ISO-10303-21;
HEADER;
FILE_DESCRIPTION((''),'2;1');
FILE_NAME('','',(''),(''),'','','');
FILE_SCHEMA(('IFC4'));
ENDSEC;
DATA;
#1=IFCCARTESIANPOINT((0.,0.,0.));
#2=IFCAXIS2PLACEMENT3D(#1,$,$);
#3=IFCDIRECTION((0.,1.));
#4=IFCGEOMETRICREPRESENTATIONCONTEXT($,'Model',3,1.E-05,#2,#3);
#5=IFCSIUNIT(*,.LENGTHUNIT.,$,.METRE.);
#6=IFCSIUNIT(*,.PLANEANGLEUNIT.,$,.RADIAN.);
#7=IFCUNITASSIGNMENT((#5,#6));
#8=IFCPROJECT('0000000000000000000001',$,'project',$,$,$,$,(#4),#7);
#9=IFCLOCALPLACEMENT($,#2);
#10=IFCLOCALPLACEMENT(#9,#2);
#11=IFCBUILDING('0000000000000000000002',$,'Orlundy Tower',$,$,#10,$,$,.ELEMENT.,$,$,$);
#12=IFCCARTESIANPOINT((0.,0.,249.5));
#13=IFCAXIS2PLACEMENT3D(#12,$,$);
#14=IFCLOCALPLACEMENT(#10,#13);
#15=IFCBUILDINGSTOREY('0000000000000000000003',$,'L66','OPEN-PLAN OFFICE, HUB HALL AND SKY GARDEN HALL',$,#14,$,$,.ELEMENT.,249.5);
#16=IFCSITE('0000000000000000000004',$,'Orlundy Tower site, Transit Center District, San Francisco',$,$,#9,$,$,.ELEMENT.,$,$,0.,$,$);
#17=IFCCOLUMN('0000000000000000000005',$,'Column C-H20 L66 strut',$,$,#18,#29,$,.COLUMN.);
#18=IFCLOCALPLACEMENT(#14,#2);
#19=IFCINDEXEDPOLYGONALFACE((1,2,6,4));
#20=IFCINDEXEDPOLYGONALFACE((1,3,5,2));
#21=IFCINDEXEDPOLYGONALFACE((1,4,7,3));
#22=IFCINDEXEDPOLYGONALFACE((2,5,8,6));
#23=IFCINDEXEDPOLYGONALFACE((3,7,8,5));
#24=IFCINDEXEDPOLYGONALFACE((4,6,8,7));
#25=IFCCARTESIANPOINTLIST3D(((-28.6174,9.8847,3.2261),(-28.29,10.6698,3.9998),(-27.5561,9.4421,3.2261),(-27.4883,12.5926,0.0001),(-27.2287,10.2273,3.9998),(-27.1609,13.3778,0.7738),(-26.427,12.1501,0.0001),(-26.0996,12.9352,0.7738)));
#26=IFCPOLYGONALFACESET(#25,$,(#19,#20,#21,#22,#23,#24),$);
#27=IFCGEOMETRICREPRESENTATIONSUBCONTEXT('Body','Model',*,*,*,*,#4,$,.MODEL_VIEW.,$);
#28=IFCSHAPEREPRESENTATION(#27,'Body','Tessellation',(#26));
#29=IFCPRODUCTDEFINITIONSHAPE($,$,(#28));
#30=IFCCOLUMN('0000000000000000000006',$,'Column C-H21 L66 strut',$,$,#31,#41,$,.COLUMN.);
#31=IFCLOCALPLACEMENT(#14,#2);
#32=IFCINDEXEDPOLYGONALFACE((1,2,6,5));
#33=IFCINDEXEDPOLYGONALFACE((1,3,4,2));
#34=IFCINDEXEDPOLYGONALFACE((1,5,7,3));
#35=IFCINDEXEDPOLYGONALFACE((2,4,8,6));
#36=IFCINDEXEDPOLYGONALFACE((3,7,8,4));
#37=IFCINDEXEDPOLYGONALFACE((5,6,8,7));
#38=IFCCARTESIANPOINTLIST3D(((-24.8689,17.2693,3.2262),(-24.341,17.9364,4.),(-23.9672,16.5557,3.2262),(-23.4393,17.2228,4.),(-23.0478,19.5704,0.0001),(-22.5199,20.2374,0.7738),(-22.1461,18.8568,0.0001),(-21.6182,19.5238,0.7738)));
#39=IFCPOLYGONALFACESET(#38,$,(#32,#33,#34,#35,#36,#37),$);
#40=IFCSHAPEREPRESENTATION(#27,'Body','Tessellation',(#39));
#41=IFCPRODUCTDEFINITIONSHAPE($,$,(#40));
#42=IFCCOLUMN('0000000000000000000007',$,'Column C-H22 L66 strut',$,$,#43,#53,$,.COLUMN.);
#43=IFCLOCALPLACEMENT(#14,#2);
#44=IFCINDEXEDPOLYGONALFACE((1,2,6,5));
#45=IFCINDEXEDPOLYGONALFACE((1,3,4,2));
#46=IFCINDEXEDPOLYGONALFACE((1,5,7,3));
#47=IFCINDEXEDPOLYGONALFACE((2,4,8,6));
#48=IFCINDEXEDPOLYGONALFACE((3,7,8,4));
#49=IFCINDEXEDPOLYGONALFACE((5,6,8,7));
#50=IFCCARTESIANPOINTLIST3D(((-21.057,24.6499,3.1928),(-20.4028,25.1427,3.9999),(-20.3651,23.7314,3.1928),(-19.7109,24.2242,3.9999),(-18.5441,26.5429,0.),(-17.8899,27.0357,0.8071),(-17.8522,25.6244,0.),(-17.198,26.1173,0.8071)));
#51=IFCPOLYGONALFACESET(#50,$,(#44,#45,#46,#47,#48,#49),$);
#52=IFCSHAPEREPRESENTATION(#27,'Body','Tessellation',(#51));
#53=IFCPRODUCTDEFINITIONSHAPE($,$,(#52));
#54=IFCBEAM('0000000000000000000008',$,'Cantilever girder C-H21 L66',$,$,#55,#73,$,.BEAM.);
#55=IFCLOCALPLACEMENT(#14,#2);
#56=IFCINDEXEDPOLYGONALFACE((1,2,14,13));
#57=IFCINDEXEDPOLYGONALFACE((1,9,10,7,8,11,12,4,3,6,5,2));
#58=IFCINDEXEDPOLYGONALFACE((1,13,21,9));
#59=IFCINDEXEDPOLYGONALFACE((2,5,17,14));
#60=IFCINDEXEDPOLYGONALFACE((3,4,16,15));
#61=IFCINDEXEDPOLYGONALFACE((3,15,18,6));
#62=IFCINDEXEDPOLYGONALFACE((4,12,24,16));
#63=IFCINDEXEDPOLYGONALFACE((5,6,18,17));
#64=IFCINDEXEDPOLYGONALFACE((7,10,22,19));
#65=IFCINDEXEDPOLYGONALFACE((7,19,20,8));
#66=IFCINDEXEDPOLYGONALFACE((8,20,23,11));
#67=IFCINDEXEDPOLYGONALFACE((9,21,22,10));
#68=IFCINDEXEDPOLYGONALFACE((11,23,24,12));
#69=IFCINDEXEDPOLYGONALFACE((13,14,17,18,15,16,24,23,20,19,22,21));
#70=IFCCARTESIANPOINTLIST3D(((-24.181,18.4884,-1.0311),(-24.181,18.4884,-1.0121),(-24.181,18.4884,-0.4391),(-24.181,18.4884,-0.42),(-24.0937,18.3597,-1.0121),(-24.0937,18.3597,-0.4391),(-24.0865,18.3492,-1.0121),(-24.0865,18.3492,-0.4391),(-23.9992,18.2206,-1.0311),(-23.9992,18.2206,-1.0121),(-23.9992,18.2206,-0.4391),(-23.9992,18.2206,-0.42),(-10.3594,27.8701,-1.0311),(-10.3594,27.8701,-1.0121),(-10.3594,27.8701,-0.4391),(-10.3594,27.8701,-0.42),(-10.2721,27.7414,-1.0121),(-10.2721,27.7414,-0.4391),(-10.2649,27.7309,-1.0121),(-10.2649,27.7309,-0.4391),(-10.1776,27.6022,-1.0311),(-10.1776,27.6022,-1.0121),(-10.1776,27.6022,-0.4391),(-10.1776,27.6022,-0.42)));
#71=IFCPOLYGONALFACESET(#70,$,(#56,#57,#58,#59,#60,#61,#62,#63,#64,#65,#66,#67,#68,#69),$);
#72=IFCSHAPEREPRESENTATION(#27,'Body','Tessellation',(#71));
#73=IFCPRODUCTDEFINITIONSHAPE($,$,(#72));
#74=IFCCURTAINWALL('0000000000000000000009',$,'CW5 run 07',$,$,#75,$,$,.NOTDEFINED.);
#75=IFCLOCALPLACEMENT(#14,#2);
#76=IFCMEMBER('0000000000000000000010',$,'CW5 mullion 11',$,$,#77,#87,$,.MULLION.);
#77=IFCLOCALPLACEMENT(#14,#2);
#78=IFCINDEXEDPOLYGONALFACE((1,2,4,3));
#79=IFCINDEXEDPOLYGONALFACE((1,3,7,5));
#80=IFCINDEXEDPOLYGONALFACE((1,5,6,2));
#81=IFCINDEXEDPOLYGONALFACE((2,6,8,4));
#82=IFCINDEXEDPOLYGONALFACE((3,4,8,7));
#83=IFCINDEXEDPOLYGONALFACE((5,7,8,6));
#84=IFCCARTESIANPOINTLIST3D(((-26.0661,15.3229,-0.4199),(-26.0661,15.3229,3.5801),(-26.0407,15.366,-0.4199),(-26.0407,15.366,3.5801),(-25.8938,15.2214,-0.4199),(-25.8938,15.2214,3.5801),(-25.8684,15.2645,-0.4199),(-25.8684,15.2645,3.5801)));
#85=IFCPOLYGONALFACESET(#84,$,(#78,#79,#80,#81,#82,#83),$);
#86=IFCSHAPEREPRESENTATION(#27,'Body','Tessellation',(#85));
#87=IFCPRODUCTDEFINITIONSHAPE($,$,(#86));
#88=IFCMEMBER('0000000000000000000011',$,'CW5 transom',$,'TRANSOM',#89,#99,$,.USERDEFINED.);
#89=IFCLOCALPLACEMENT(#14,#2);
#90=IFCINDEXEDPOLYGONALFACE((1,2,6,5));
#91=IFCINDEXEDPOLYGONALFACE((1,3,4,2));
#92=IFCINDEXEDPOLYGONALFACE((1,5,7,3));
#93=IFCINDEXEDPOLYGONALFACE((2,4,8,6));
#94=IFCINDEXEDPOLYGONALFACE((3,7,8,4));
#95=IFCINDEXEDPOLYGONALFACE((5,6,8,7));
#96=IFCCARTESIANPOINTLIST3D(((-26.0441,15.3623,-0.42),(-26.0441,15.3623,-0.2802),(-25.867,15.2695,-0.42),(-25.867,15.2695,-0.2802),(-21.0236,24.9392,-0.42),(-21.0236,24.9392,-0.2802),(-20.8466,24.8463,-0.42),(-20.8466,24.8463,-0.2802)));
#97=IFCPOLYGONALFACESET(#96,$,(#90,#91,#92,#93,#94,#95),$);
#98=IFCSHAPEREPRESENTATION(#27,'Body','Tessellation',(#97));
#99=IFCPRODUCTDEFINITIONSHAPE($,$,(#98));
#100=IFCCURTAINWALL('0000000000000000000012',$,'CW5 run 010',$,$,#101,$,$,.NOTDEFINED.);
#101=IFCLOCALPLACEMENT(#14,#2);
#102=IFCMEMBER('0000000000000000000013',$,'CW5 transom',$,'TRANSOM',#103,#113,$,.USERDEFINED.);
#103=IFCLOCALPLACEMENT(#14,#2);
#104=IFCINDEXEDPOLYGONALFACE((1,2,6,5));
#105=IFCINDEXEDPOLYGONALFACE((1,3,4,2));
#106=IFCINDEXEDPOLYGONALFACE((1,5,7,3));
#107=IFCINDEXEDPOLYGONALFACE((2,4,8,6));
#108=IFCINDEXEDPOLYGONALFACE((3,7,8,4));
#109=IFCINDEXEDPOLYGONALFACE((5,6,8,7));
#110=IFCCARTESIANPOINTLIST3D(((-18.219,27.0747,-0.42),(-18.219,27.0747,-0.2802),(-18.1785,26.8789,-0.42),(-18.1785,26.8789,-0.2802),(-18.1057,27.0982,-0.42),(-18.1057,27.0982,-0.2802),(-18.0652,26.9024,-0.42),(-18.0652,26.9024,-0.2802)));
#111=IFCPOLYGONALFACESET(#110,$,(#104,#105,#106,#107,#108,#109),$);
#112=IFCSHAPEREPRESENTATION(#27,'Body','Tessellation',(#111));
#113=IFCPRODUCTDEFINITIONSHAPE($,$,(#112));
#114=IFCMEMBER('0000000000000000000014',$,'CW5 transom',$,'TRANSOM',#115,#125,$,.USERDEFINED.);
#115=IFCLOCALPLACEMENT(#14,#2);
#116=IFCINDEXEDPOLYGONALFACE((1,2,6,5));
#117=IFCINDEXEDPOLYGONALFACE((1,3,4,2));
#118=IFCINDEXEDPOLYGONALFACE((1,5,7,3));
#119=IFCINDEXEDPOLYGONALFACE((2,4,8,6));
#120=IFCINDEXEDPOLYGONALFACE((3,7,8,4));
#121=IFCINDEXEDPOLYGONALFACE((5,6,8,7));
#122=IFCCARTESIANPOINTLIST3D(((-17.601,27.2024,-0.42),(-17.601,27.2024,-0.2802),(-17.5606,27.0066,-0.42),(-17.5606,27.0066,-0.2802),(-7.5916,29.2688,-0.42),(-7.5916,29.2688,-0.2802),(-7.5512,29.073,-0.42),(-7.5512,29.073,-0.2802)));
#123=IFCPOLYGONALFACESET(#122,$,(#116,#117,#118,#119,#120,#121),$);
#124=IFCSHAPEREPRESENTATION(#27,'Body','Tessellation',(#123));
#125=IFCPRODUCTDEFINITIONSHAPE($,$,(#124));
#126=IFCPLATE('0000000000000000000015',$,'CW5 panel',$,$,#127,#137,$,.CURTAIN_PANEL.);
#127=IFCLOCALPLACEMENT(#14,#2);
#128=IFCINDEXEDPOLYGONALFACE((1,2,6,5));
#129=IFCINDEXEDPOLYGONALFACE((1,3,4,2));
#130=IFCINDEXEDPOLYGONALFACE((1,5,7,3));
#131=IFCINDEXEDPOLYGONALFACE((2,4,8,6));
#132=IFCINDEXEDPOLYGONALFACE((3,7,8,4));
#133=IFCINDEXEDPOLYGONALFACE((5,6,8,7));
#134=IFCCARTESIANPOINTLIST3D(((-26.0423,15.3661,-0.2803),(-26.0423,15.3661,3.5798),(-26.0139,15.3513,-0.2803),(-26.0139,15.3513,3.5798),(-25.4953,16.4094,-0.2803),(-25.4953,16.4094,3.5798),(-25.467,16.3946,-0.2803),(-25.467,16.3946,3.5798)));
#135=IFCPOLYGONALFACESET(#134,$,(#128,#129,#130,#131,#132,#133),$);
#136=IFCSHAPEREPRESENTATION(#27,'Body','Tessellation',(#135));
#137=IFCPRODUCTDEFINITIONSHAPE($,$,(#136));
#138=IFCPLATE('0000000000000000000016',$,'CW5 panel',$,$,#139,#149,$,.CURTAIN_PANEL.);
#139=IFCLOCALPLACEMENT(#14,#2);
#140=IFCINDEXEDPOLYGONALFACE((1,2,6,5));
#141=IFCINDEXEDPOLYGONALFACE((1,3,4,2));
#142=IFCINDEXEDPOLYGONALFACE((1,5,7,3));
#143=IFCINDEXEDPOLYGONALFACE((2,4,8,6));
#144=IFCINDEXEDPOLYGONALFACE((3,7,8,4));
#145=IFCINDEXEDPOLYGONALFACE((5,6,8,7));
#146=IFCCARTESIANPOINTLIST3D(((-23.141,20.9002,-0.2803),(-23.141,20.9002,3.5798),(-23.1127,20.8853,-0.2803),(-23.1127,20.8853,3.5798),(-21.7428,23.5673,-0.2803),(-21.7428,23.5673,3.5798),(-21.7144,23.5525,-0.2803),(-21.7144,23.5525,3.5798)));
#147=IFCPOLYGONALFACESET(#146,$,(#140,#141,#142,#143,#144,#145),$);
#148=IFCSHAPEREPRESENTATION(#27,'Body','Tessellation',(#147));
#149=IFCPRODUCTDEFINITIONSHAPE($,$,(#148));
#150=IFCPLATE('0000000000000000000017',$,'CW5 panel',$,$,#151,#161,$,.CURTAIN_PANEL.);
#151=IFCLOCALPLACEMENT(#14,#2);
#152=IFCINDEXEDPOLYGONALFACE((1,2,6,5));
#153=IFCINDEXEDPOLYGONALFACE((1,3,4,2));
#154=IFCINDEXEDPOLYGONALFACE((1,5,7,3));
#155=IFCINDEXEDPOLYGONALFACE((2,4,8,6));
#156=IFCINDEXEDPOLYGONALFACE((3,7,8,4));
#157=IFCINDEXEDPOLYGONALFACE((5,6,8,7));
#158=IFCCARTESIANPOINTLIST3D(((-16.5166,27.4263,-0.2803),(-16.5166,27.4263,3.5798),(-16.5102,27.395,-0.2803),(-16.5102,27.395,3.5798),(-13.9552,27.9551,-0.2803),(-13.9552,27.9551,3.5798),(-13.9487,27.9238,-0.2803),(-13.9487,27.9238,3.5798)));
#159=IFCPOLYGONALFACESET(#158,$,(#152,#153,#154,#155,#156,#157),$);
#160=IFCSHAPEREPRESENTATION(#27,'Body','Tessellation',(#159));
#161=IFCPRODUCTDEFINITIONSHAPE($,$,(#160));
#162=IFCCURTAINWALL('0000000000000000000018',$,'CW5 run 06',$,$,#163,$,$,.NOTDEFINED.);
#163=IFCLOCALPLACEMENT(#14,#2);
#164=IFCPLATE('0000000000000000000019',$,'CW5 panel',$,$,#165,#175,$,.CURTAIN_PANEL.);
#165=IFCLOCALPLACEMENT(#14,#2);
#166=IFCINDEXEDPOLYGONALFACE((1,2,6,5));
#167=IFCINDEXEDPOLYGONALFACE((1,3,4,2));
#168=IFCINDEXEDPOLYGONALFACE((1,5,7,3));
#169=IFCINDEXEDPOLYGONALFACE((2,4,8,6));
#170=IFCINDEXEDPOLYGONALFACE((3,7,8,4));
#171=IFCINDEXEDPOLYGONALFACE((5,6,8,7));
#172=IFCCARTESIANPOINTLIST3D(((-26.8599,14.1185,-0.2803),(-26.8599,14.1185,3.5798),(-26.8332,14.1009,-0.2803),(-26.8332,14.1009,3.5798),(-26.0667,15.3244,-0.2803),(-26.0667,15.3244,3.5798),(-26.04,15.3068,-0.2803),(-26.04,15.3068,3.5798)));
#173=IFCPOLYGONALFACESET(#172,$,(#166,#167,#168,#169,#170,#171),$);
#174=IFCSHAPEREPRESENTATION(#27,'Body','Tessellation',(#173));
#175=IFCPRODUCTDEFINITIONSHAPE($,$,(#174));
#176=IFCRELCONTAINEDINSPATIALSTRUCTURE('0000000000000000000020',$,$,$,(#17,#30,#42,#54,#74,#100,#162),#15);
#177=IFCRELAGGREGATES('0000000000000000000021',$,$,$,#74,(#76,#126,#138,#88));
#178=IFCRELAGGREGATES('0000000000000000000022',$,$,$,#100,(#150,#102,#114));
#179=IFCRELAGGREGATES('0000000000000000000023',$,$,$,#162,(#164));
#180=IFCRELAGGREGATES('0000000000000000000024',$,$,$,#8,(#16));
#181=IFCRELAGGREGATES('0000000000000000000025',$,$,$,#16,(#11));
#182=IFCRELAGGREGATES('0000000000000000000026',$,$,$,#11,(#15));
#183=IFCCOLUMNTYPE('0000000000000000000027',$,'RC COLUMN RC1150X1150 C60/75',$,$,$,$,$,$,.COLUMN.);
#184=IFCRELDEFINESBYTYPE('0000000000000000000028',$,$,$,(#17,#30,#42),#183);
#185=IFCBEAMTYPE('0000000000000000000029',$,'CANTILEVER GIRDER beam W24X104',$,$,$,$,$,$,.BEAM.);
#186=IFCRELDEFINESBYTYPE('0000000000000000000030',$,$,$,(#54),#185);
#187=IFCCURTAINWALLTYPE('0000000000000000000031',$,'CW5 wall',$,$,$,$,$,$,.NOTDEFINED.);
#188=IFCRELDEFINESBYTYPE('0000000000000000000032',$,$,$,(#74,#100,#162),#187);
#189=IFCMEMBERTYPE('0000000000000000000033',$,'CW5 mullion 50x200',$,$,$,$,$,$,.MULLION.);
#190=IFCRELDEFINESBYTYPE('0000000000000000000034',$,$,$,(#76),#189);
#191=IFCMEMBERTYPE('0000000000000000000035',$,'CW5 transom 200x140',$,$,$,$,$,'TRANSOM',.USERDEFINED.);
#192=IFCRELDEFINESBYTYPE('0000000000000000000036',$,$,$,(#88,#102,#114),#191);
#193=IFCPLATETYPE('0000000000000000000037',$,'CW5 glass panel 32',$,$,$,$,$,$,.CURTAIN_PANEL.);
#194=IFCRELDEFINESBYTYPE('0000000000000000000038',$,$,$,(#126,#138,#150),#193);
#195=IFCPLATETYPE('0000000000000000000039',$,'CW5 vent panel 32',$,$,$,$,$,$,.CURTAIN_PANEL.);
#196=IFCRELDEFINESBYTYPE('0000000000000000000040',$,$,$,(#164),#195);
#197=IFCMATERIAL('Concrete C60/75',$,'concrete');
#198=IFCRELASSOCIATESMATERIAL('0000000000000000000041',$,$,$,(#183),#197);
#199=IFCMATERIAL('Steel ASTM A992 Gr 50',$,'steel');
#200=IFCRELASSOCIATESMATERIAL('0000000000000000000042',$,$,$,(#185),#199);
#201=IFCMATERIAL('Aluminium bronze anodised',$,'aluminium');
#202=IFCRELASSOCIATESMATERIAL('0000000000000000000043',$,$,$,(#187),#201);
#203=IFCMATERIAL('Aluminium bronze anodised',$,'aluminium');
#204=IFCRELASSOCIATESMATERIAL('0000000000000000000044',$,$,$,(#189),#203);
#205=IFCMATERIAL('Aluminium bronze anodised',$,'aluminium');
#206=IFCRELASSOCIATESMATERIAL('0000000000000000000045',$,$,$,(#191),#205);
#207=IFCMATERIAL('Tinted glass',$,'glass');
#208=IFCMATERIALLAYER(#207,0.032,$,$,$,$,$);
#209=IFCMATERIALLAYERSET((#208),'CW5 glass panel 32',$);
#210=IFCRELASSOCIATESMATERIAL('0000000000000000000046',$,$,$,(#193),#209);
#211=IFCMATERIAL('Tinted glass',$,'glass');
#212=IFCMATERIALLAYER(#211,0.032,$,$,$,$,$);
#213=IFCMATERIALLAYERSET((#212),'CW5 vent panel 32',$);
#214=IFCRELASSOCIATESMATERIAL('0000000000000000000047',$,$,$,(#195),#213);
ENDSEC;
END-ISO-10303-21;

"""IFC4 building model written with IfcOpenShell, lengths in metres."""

from ifc_helpers import new_model, si_unit, direction, frame, origin, origin_2d, place, context, subcontext, project, spatial, rectangle, i_section, extrude, material, layer, layer_set, material_profile, profile_set, type_object, element, aggregate, save


model = new_model("IFC4")

# Units and contexts
model_context = context("Model", 3, precision=1e-05, world=origin(), true_north=direction((0.0, 1.0)))
body_context = subcontext(model_context, "Body", "Model", "MODEL_VIEW")
ifc_project = project(units=[si_unit("LENGTHUNIT", "METRE"), si_unit("PLANEANGLEUNIT", "RADIAN")], contexts=[model_context])

# Site, building, storey
site_placement = place(None, origin())
site = spatial("IfcSite", under=ifc_project, at=site_placement, Name="Orlundy Tower site, Transit Center District, San Francisco", CompositionType="ELEMENT", RefElevation=0.0)
building_placement = place(site_placement, origin())
building = spatial("IfcBuilding", under=site, at=building_placement, Name="Orlundy Tower", CompositionType="ELEMENT")
storey_placement = place(building_placement, frame((0.0, 0.0, 249.5)))
storey = spatial("IfcBuildingStorey", under=building, at=storey_placement, Name="L66", Description="OPEN-PLAN OFFICE, HUB HALL AND SKY GARDEN HALL", CompositionType="ELEMENT", Elevation=249.5)

# Columns
ifc_material_1 = material(Name="Concrete C60/75", Category="concrete")
ifc_material_profile_1 = material_profile(ifc_material_1, rectangle(XDim=1.1499, YDim=1.1499, at=origin_2d()), Name="RC1150X1150")
ifc_profile_set_1 = profile_set([ifc_material_profile_1], Name="Concrete C60/75")
column_type = type_object("IfcColumnType", Name="RC COLUMN RC1150X1150 C60/75", PredefinedType="COLUMN", material=ifc_profile_set_1)
column_1_placement = place(storey_placement, frame((-26.7939, 12.7639, 0.387), z_axis=(-0.258937, -0.621001, 0.739804), x_axis=(0.922978, -0.384852, 0.0)))
element("IfcColumn", 1, at=column_1_placement, inside=storey, type_object=column_type, Name="Column C-H20 L66 strut", PredefinedType="COLUMN", context=body_context, shape_type="SweptSolid", body=[
    extrude(rectangle(XDim=1.1499, YDim=1.1499, at=origin_2d()), origin(), (0.0, 0.0, 1.0), 4.3606),
])
column_2_placement = place(storey_placement, frame((-22.333, 19.5471, 0.387), z_axis=(-0.417573, -0.527635, 0.739753), x_axis=(0.784145, -0.620577, 0.0)))
element("IfcColumn", 2, at=column_2_placement, inside=storey, type_object=column_type, Name="Column C-H21 L66 strut", PredefinedType="COLUMN", context=body_context, shape_type="SweptSolid", body=[
    extrude(rectangle(XDim=1.1499, YDim=1.1499, at=origin_2d()), origin(), (0.0, 0.0, 1.0), 4.3611),
])
column_3_placement = place(storey_placement, frame((-17.8711, 26.3301, 0.4036), z_axis=(-0.560609, -0.422322, 0.712294), x_axis=(0.6017, -0.798722, 0.0)))
element("IfcColumn", 3, at=column_3_placement, inside=storey, type_object=column_type, Name="Column C-H22 L66 strut", PredefinedType="COLUMN", context=body_context, shape_type="SweptSolid", body=[
    extrude(rectangle(XDim=1.1499, YDim=1.1499, at=origin_2d()), origin(), (0.0, 0.0, 1.0), 4.4824),
])

# Beam
ifc_material_2 = material(Name="Steel ASTM A992 Gr 50", Category="steel")
ifc_material_profile_2 = material_profile(ifc_material_2, i_section(OverallWidth=0.3237, OverallDepth=0.6111, WebThickness=0.0127, FlangeThickness=0.019, at=origin_2d()), Name="W24X104")
ifc_profile_set_2 = profile_set([ifc_material_profile_2], Name="Steel ASTM A992 Gr 50")
beam_type = type_object("IfcBeamType", Name="CANTILEVER GIRDER beam W24X104", PredefinedType="BEAM", material=ifc_profile_set_2)
beam_placement = place(storey_placement, frame((-24.0901, 18.3545, -0.7256), z_axis=(0.827401, 0.561612, 0.0), x_axis=(-0.561612, 0.827401, 0.0)))
element("IfcBeam", 4, at=beam_placement, inside=storey, type_object=beam_type, Name="Cantilever girder C-H21 L66", PredefinedType="BEAM", context=body_context, shape_type="SweptSolid", body=[
    extrude(i_section(OverallWidth=0.3237, OverallDepth=0.6111, WebThickness=0.0127, FlangeThickness=0.019, at=origin_2d()), origin(), (0.0, 0.0, 1.0), 16.7048),
])

# Curtain walls, members
ifc_material_3 = material(Name="Aluminium bronze anodised", Category="aluminium")
curtain_wall_type = type_object("IfcCurtainWallType", Name="CW5 wall", PredefinedType="NOTDEFINED", material=ifc_material_3)
curtain_wall_1_placement = place(storey_placement, origin())
curtain_wall_1 = element("IfcCurtainWall", 5, at=curtain_wall_1_placement, inside=storey, type_object=curtain_wall_type, Name="CW5 run 07", PredefinedType="NOTDEFINED")
ifc_material_4 = material(Name="Aluminium bronze anodised", Category="aluminium")
ifc_material_profile_3 = material_profile(ifc_material_4, rectangle(XDim=0.2, YDim=0.05, at=origin_2d()), Name="CW5 mullion 50x200")
ifc_profile_set_3 = profile_set([ifc_material_profile_3], Name="Aluminium bronze anodised")
member_type_1 = type_object("IfcMemberType", Name="CW5 mullion 50x200", PredefinedType="MULLION", material=ifc_profile_set_3)
member_1_placement = place(storey_placement, frame((-25.9673, 15.2937, -0.4199), z_axis=(0.0, 0.0, 1.0), x_axis=(-0.861624, 0.507548, 0.0)))
member_1 = element("IfcMember", 6, at=member_1_placement, type_object=member_type_1, Name="CW5 mullion 11", PredefinedType="MULLION", context=body_context, shape_type="SweptSolid", body=[
    extrude(rectangle(XDim=0.2, YDim=0.05, at=origin_2d()), origin(), (0.0, 0.0, 1.0), 4.0),
])
ifc_material_5 = material(Name="Aluminium bronze anodised", Category="aluminium")
ifc_material_profile_4 = material_profile(ifc_material_5, rectangle(XDim=0.2, YDim=0.1399, at=origin_2d()), Name="CW5 transom 200x140")
ifc_profile_set_4 = profile_set([ifc_material_profile_4], Name="Aluminium bronze anodised")
member_type_2 = type_object("IfcMemberType", Name="CW5 transom 200x140", ElementType="TRANSOM", PredefinedType="USERDEFINED", material=ifc_profile_set_4)
member_2_placement = place(storey_placement, frame((-25.9556, 15.3159, -0.3501), z_axis=(0.4643, 0.885678, 0.0), x_axis=(-0.885678, 0.4643, 0.0)))
member_2 = element("IfcMember", 7, at=member_2_placement, type_object=member_type_2, Name="CW5 transom", ObjectType="TRANSOM", PredefinedType="USERDEFINED", context=body_context, shape_type="SweptSolid", body=[
    extrude(rectangle(XDim=0.2, YDim=0.1399, at=origin_2d()), origin(), (0.0, 0.0, 1.0), 10.813),
])
curtain_wall_2_placement = place(storey_placement, origin())
curtain_wall_2 = element("IfcCurtainWall", 8, at=curtain_wall_2_placement, inside=storey, type_object=curtain_wall_type, Name="CW5 run 010", PredefinedType="NOTDEFINED")
member_3_placement = place(storey_placement, frame((-18.1987, 26.9768, -0.3501), z_axis=(0.97926, 0.202606, 0.0), x_axis=(-0.202606, 0.97926, 0.0)))
member_3 = element("IfcMember", 9, at=member_3_placement, type_object=member_type_2, Name="CW5 transom", ObjectType="TRANSOM", PredefinedType="USERDEFINED", context=body_context, shape_type="SweptSolid", body=[
    extrude(rectangle(XDim=0.2, YDim=0.1399, at=origin_2d()), origin(), (0.0, 0.0, 1.0), 0.1157),
])
member_4_placement = place(storey_placement, frame((-17.5808, 27.1045, -0.3501), z_axis=(0.979347, 0.202185, 0.0), x_axis=(-0.202185, 0.979347, 0.0)))
member_4 = element("IfcMember", 10, at=member_4_placement, type_object=member_type_2, Name="CW5 transom", ObjectType="TRANSOM", PredefinedType="USERDEFINED", context=body_context, shape_type="SweptSolid", body=[
    extrude(rectangle(XDim=0.2, YDim=0.1399, at=origin_2d()), origin(), (0.0, 0.0, 1.0), 10.2205),
])

# Plates
ifc_material_6 = material(Name="Tinted glass", Category="glass")
ifc_layer_1 = layer(ifc_material_6, 0.032)
ifc_layer_set_1 = layer_set([ifc_layer_1], Name="CW5 glass panel 32")
plate_type_1 = type_object("IfcPlateType", Name="CW5 glass panel 32", PredefinedType="CURTAIN_PANEL", material=ifc_layer_set_1)
plate_1_placement = place(storey_placement, frame((-25.7546, 15.8804, -0.2803), z_axis=(0.0, 0.0, 1.0), x_axis=(0.464311, 0.885672, 0.0)))
plate_1 = element("IfcPlate", 11, at=plate_1_placement, type_object=plate_type_1, Name="CW5 panel", PredefinedType="CURTAIN_PANEL", context=body_context, shape_type="SweptSolid", body=[
    extrude(rectangle(XDim=1.178, YDim=0.032, at=origin_2d()), origin(), (0.0, 0.0, 1.0), 3.8601),
])
plate_2_placement = place(storey_placement, frame((-22.4277, 22.2263, -0.2803), z_axis=(0.0, 0.0, 1.0), x_axis=(0.464311, 0.885672, 0.0)))
plate_2 = element("IfcPlate", 12, at=plate_2_placement, type_object=plate_type_1, Name="CW5 panel", PredefinedType="CURTAIN_PANEL", context=body_context, shape_type="SweptSolid", body=[
    extrude(rectangle(XDim=3.0115, YDim=0.032, at=origin_2d()), origin(), (0.0, 0.0, 1.0), 3.8601),
])
aggregate(curtain_wall_1, [member_1, plate_1, plate_2, member_2])
plate_3_placement = place(storey_placement, frame((-15.2327, 27.675, -0.2803), z_axis=(0.0, 0.0, 1.0), x_axis=(0.979345, 0.202195, 0.0)))
plate_3 = element("IfcPlate", 13, at=plate_3_placement, type_object=plate_type_1, Name="CW5 panel", PredefinedType="CURTAIN_PANEL", context=body_context, shape_type="SweptSolid", body=[
    extrude(rectangle(XDim=2.6155, YDim=0.032, at=origin_2d()), origin(), (0.0, 0.0, 1.0), 3.8601),
])
aggregate(curtain_wall_2, [plate_3, member_3, member_4])

# Curtain wall, plate
curtain_wall_3_placement = place(storey_placement, origin())
curtain_wall_3 = element("IfcCurtainWall", 14, at=curtain_wall_3_placement, inside=storey, type_object=curtain_wall_type, Name="CW5 run 06", PredefinedType="NOTDEFINED")
ifc_material_7 = material(Name="Tinted glass", Category="glass")
ifc_layer_2 = layer(ifc_material_7, 0.032)
ifc_layer_set_2 = layer_set([ifc_layer_2], Name="CW5 vent panel 32")
plate_type_2 = type_object("IfcPlateType", Name="CW5 vent panel 32", PredefinedType="CURTAIN_PANEL", material=ifc_layer_set_2)
plate_4_placement = place(storey_placement, frame((-26.45, 14.7126, -0.2803), z_axis=(0.0, 0.0, 1.0), x_axis=(0.549543, 0.835466, 0.0)))
plate_4 = element("IfcPlate", 15, at=plate_4_placement, type_object=plate_type_2, Name="CW5 panel", PredefinedType="CURTAIN_PANEL", context=body_context, shape_type="SweptSolid", body=[
    extrude(rectangle(XDim=1.4434, YDim=0.032, at=origin_2d()), origin(), (0.0, 0.0, 1.0), 3.8601),
])
aggregate(curtain_wall_3, [plate_4])

save(model, "model.ifc")
